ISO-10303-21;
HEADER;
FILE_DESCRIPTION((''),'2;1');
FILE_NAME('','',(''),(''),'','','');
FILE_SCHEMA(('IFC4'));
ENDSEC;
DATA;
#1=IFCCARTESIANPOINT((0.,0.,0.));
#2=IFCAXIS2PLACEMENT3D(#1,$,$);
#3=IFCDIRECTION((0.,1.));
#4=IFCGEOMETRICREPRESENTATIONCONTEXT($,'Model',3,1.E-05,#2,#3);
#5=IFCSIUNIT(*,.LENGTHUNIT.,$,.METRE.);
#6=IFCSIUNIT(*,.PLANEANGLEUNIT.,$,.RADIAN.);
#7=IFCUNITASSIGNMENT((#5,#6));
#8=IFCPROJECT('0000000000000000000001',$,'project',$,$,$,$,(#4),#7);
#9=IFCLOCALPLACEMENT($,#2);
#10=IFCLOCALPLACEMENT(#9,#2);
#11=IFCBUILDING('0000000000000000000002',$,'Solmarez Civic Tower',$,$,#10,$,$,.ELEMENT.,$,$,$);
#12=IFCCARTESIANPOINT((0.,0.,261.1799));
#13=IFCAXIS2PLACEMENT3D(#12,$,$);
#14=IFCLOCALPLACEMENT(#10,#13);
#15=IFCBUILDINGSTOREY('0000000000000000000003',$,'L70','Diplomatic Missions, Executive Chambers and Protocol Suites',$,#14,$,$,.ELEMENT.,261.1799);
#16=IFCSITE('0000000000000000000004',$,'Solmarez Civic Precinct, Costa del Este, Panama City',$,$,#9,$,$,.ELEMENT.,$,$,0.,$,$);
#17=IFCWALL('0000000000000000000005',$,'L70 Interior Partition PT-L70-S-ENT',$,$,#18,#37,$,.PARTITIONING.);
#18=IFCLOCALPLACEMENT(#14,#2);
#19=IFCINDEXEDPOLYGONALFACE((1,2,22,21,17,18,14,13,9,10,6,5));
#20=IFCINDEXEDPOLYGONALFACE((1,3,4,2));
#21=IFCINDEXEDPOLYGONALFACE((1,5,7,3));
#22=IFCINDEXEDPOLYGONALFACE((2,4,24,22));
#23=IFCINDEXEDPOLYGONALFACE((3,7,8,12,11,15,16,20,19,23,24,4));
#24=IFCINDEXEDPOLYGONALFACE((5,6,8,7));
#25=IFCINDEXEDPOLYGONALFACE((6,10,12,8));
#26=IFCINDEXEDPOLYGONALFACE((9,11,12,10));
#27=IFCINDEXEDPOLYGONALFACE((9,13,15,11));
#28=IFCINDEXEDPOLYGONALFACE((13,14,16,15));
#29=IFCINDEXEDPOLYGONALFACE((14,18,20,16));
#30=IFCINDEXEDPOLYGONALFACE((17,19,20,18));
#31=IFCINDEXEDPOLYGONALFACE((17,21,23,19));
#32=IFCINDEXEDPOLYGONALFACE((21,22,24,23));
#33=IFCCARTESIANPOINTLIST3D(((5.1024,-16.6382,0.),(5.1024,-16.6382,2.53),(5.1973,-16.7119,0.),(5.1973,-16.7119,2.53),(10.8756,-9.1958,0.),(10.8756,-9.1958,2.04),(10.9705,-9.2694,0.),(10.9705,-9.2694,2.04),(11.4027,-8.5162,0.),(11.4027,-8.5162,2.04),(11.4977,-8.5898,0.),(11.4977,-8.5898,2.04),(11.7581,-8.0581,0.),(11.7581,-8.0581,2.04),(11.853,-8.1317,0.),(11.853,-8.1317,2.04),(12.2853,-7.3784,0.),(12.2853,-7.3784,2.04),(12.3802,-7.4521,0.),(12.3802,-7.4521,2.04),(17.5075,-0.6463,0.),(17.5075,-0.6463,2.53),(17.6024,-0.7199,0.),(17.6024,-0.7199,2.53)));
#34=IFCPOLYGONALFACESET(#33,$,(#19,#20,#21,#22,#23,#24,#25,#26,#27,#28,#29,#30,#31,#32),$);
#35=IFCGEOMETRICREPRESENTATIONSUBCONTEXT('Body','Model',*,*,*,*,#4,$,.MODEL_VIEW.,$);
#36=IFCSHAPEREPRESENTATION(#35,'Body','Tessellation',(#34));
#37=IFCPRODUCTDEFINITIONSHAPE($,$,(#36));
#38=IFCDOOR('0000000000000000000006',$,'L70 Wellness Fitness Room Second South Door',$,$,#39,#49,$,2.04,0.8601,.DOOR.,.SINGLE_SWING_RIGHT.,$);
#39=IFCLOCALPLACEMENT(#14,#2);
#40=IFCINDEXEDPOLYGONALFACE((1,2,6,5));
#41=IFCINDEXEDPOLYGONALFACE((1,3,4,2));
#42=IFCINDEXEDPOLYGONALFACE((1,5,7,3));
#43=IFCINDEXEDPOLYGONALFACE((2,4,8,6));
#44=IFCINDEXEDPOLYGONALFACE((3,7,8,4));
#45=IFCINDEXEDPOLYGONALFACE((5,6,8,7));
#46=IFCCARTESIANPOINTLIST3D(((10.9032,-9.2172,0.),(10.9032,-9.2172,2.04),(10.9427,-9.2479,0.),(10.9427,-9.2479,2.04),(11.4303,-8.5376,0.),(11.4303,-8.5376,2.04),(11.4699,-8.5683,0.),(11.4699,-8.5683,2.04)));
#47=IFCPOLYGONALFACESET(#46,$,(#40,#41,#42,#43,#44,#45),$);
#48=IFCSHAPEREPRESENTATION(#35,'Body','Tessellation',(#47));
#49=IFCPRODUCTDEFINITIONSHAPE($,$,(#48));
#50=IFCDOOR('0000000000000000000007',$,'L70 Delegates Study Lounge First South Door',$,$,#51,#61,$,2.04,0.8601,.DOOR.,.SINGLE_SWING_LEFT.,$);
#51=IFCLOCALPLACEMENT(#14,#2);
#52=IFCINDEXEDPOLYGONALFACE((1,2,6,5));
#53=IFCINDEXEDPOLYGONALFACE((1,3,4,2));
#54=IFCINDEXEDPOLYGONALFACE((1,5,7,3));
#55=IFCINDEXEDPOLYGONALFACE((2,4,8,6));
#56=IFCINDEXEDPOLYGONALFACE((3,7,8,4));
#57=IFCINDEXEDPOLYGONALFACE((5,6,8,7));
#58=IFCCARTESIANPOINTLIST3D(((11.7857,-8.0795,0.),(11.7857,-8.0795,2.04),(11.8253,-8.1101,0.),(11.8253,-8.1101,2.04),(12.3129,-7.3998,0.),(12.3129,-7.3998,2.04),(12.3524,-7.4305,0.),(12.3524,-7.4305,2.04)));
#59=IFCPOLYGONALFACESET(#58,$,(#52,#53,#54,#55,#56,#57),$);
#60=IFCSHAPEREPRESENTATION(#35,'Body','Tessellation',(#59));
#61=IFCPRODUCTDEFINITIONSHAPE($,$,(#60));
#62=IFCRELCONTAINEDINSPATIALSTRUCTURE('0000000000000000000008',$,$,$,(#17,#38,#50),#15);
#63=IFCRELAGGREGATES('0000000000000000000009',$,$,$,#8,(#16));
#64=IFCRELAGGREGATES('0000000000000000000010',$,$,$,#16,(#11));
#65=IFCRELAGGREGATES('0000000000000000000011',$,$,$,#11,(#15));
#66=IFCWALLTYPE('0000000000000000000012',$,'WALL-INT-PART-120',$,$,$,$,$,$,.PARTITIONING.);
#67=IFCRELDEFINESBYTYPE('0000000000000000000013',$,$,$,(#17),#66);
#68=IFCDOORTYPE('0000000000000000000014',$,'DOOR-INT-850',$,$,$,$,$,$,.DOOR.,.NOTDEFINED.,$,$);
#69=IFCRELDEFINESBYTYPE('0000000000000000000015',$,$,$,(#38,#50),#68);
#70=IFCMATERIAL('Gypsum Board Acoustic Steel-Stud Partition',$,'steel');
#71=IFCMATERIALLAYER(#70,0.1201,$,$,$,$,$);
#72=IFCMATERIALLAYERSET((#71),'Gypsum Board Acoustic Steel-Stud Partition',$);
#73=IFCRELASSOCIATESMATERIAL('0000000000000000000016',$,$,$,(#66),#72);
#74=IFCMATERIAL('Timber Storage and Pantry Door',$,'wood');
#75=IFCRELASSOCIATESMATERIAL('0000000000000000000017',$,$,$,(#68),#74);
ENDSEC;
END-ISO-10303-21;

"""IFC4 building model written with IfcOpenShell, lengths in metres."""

from ifc_helpers import new_model, si_unit, direction, frame, frame_2d, origin, place, context, subcontext, project, spatial, rectangle, extrude, material, layer, layer_set, type_object, element, fill, save


model = new_model("IFC4")

# Units and contexts
model_context = context("Model", 3, precision=1e-05, world=origin(), true_north=direction((0.0, 1.0)))
body_context = subcontext(model_context, "Body", "Model", "MODEL_VIEW")
ifc_project = project(units=[si_unit("LENGTHUNIT", "METRE"), si_unit("PLANEANGLEUNIT", "RADIAN")], contexts=[model_context])

# Site, building, storey
site_placement = place(None, origin())
site = spatial("IfcSite", under=ifc_project, at=site_placement, Name="Solmarez Civic Precinct, Costa del Este, Panama City", CompositionType="ELEMENT", RefElevation=0.0)
building_placement = place(site_placement, origin())
building = spatial("IfcBuilding", under=site, at=building_placement, Name="Solmarez Civic Tower", CompositionType="ELEMENT")
storey_placement = place(building_placement, frame((0.0, 0.0, 261.1799)))
storey = spatial("IfcBuildingStorey", under=building, at=storey_placement, Name="L70", Description="Diplomatic Missions, Executive Chambers and Protocol Suites", CompositionType="ELEMENT", Elevation=261.1799)

# Shared definitions
ifc_material_1 = material(Name="Gypsum Board Acoustic Steel-Stud Partition", Category="steel")
ifc_layer_1 = layer(ifc_material_1, 0.1201)
ifc_layer_set_1 = layer_set([ifc_layer_1], Name="Gypsum Board Acoustic Steel-Stud Partition")
wall_type_1 = type_object("IfcWallType", Name="WALL-INT-PART-120", PredefinedType="PARTITIONING", material=ifc_layer_set_1)

# Wall, openings, doors
wall_1_placement = place(storey_placement, frame((17.5549, -0.6831, 0.0), z_axis=(0.0, 0.0, 1.0), x_axis=(-0.61292, -0.790145, 0.0)))
wall_1 = element("IfcWall", 1, at=wall_1_placement, inside=storey, type_object=wall_type_1, Name="L70 Interior Partition PT-L70-S-ENT", PredefinedType="PARTITIONING", context=body_context, shape_type="SweptSolid", body=[
    extrude(rectangle(XDim=20.2393, YDim=0.1201, at=frame_2d((10.1196, 0.0))), origin(), (0.0, 0.0, 1.0), 2.53),
])
opening_1_placement = place(wall_1_placement, frame((9.96, 0.0, 0.0)))
opening_1 = element("IfcOpeningElement", 2, at=opening_1_placement, cuts=wall_1, PredefinedType="OPENING", context=body_context, shape_type="SweptSolid", body=[
    extrude(rectangle(XDim=0.8601, YDim=2.04, at=frame_2d((0.4302, 1.02))), frame((0.0, 0.0701, 0.0), z_axis=(0.0, -1.0, 0.0), x_axis=(1.0, 0.0, 0.0)), (0.0, 0.0, 1.0), 0.1401),
])
opening_2_placement = place(wall_1_placement, frame((8.52, 0.0, 0.0)))
opening_2 = element("IfcOpeningElement", 3, at=opening_2_placement, cuts=wall_1, PredefinedType="OPENING", context=body_context, shape_type="SweptSolid", body=[
    extrude(rectangle(XDim=0.8601, YDim=2.04, at=frame_2d((0.4302, 1.02))), frame((0.0, 0.0701, 0.0), z_axis=(0.0, -1.0, 0.0), x_axis=(1.0, 0.0, 0.0)), (0.0, 0.0, 1.0), 0.1401),
])
ifc_material_2 = material(Name="Timber Storage and Pantry Door", Category="wood")
door_type = type_object("IfcDoorType", Name="DOOR-INT-850", OperationType="NOTDEFINED", PredefinedType="DOOR", material=ifc_material_2)
door_1_placement = place(opening_1_placement, origin())
door_1 = element("IfcDoor", 4, at=door_1_placement, inside=storey, type_object=door_type, Name="L70 Wellness Fitness Room Second South Door", OperationType="SINGLE_SWING_RIGHT", OverallHeight=2.04, OverallWidth=0.8601, PredefinedType="DOOR", context=body_context, shape_type="SweptSolid", body=[
    extrude(rectangle(XDim=0.8601, YDim=2.04, at=frame_2d((0.4302, 1.02))), frame((0.0, 0.0249, 0.0), z_axis=(0.0, -1.0, 0.0), x_axis=(1.0, 0.0, 0.0)), (0.0, 0.0, 1.0), 0.05),
])
fill(opening_1, door_1)
door_2_placement = place(opening_2_placement, origin())
door_2 = element("IfcDoor", 5, at=door_2_placement, inside=storey, type_object=door_type, Name="L70 Delegates Study Lounge First South Door", OperationType="SINGLE_SWING_LEFT", OverallHeight=2.04, OverallWidth=0.8601, PredefinedType="DOOR", context=body_context, shape_type="SweptSolid", body=[
    extrude(rectangle(XDim=0.8601, YDim=2.04, at=frame_2d((0.4302, 1.02))), frame((0.0, 0.0249, 0.0), z_axis=(0.0, -1.0, 0.0), x_axis=(1.0, 0.0, 0.0)), (0.0, 0.0, 1.0), 0.05),
])
fill(opening_2, door_2)

save(model, "model.ifc")
